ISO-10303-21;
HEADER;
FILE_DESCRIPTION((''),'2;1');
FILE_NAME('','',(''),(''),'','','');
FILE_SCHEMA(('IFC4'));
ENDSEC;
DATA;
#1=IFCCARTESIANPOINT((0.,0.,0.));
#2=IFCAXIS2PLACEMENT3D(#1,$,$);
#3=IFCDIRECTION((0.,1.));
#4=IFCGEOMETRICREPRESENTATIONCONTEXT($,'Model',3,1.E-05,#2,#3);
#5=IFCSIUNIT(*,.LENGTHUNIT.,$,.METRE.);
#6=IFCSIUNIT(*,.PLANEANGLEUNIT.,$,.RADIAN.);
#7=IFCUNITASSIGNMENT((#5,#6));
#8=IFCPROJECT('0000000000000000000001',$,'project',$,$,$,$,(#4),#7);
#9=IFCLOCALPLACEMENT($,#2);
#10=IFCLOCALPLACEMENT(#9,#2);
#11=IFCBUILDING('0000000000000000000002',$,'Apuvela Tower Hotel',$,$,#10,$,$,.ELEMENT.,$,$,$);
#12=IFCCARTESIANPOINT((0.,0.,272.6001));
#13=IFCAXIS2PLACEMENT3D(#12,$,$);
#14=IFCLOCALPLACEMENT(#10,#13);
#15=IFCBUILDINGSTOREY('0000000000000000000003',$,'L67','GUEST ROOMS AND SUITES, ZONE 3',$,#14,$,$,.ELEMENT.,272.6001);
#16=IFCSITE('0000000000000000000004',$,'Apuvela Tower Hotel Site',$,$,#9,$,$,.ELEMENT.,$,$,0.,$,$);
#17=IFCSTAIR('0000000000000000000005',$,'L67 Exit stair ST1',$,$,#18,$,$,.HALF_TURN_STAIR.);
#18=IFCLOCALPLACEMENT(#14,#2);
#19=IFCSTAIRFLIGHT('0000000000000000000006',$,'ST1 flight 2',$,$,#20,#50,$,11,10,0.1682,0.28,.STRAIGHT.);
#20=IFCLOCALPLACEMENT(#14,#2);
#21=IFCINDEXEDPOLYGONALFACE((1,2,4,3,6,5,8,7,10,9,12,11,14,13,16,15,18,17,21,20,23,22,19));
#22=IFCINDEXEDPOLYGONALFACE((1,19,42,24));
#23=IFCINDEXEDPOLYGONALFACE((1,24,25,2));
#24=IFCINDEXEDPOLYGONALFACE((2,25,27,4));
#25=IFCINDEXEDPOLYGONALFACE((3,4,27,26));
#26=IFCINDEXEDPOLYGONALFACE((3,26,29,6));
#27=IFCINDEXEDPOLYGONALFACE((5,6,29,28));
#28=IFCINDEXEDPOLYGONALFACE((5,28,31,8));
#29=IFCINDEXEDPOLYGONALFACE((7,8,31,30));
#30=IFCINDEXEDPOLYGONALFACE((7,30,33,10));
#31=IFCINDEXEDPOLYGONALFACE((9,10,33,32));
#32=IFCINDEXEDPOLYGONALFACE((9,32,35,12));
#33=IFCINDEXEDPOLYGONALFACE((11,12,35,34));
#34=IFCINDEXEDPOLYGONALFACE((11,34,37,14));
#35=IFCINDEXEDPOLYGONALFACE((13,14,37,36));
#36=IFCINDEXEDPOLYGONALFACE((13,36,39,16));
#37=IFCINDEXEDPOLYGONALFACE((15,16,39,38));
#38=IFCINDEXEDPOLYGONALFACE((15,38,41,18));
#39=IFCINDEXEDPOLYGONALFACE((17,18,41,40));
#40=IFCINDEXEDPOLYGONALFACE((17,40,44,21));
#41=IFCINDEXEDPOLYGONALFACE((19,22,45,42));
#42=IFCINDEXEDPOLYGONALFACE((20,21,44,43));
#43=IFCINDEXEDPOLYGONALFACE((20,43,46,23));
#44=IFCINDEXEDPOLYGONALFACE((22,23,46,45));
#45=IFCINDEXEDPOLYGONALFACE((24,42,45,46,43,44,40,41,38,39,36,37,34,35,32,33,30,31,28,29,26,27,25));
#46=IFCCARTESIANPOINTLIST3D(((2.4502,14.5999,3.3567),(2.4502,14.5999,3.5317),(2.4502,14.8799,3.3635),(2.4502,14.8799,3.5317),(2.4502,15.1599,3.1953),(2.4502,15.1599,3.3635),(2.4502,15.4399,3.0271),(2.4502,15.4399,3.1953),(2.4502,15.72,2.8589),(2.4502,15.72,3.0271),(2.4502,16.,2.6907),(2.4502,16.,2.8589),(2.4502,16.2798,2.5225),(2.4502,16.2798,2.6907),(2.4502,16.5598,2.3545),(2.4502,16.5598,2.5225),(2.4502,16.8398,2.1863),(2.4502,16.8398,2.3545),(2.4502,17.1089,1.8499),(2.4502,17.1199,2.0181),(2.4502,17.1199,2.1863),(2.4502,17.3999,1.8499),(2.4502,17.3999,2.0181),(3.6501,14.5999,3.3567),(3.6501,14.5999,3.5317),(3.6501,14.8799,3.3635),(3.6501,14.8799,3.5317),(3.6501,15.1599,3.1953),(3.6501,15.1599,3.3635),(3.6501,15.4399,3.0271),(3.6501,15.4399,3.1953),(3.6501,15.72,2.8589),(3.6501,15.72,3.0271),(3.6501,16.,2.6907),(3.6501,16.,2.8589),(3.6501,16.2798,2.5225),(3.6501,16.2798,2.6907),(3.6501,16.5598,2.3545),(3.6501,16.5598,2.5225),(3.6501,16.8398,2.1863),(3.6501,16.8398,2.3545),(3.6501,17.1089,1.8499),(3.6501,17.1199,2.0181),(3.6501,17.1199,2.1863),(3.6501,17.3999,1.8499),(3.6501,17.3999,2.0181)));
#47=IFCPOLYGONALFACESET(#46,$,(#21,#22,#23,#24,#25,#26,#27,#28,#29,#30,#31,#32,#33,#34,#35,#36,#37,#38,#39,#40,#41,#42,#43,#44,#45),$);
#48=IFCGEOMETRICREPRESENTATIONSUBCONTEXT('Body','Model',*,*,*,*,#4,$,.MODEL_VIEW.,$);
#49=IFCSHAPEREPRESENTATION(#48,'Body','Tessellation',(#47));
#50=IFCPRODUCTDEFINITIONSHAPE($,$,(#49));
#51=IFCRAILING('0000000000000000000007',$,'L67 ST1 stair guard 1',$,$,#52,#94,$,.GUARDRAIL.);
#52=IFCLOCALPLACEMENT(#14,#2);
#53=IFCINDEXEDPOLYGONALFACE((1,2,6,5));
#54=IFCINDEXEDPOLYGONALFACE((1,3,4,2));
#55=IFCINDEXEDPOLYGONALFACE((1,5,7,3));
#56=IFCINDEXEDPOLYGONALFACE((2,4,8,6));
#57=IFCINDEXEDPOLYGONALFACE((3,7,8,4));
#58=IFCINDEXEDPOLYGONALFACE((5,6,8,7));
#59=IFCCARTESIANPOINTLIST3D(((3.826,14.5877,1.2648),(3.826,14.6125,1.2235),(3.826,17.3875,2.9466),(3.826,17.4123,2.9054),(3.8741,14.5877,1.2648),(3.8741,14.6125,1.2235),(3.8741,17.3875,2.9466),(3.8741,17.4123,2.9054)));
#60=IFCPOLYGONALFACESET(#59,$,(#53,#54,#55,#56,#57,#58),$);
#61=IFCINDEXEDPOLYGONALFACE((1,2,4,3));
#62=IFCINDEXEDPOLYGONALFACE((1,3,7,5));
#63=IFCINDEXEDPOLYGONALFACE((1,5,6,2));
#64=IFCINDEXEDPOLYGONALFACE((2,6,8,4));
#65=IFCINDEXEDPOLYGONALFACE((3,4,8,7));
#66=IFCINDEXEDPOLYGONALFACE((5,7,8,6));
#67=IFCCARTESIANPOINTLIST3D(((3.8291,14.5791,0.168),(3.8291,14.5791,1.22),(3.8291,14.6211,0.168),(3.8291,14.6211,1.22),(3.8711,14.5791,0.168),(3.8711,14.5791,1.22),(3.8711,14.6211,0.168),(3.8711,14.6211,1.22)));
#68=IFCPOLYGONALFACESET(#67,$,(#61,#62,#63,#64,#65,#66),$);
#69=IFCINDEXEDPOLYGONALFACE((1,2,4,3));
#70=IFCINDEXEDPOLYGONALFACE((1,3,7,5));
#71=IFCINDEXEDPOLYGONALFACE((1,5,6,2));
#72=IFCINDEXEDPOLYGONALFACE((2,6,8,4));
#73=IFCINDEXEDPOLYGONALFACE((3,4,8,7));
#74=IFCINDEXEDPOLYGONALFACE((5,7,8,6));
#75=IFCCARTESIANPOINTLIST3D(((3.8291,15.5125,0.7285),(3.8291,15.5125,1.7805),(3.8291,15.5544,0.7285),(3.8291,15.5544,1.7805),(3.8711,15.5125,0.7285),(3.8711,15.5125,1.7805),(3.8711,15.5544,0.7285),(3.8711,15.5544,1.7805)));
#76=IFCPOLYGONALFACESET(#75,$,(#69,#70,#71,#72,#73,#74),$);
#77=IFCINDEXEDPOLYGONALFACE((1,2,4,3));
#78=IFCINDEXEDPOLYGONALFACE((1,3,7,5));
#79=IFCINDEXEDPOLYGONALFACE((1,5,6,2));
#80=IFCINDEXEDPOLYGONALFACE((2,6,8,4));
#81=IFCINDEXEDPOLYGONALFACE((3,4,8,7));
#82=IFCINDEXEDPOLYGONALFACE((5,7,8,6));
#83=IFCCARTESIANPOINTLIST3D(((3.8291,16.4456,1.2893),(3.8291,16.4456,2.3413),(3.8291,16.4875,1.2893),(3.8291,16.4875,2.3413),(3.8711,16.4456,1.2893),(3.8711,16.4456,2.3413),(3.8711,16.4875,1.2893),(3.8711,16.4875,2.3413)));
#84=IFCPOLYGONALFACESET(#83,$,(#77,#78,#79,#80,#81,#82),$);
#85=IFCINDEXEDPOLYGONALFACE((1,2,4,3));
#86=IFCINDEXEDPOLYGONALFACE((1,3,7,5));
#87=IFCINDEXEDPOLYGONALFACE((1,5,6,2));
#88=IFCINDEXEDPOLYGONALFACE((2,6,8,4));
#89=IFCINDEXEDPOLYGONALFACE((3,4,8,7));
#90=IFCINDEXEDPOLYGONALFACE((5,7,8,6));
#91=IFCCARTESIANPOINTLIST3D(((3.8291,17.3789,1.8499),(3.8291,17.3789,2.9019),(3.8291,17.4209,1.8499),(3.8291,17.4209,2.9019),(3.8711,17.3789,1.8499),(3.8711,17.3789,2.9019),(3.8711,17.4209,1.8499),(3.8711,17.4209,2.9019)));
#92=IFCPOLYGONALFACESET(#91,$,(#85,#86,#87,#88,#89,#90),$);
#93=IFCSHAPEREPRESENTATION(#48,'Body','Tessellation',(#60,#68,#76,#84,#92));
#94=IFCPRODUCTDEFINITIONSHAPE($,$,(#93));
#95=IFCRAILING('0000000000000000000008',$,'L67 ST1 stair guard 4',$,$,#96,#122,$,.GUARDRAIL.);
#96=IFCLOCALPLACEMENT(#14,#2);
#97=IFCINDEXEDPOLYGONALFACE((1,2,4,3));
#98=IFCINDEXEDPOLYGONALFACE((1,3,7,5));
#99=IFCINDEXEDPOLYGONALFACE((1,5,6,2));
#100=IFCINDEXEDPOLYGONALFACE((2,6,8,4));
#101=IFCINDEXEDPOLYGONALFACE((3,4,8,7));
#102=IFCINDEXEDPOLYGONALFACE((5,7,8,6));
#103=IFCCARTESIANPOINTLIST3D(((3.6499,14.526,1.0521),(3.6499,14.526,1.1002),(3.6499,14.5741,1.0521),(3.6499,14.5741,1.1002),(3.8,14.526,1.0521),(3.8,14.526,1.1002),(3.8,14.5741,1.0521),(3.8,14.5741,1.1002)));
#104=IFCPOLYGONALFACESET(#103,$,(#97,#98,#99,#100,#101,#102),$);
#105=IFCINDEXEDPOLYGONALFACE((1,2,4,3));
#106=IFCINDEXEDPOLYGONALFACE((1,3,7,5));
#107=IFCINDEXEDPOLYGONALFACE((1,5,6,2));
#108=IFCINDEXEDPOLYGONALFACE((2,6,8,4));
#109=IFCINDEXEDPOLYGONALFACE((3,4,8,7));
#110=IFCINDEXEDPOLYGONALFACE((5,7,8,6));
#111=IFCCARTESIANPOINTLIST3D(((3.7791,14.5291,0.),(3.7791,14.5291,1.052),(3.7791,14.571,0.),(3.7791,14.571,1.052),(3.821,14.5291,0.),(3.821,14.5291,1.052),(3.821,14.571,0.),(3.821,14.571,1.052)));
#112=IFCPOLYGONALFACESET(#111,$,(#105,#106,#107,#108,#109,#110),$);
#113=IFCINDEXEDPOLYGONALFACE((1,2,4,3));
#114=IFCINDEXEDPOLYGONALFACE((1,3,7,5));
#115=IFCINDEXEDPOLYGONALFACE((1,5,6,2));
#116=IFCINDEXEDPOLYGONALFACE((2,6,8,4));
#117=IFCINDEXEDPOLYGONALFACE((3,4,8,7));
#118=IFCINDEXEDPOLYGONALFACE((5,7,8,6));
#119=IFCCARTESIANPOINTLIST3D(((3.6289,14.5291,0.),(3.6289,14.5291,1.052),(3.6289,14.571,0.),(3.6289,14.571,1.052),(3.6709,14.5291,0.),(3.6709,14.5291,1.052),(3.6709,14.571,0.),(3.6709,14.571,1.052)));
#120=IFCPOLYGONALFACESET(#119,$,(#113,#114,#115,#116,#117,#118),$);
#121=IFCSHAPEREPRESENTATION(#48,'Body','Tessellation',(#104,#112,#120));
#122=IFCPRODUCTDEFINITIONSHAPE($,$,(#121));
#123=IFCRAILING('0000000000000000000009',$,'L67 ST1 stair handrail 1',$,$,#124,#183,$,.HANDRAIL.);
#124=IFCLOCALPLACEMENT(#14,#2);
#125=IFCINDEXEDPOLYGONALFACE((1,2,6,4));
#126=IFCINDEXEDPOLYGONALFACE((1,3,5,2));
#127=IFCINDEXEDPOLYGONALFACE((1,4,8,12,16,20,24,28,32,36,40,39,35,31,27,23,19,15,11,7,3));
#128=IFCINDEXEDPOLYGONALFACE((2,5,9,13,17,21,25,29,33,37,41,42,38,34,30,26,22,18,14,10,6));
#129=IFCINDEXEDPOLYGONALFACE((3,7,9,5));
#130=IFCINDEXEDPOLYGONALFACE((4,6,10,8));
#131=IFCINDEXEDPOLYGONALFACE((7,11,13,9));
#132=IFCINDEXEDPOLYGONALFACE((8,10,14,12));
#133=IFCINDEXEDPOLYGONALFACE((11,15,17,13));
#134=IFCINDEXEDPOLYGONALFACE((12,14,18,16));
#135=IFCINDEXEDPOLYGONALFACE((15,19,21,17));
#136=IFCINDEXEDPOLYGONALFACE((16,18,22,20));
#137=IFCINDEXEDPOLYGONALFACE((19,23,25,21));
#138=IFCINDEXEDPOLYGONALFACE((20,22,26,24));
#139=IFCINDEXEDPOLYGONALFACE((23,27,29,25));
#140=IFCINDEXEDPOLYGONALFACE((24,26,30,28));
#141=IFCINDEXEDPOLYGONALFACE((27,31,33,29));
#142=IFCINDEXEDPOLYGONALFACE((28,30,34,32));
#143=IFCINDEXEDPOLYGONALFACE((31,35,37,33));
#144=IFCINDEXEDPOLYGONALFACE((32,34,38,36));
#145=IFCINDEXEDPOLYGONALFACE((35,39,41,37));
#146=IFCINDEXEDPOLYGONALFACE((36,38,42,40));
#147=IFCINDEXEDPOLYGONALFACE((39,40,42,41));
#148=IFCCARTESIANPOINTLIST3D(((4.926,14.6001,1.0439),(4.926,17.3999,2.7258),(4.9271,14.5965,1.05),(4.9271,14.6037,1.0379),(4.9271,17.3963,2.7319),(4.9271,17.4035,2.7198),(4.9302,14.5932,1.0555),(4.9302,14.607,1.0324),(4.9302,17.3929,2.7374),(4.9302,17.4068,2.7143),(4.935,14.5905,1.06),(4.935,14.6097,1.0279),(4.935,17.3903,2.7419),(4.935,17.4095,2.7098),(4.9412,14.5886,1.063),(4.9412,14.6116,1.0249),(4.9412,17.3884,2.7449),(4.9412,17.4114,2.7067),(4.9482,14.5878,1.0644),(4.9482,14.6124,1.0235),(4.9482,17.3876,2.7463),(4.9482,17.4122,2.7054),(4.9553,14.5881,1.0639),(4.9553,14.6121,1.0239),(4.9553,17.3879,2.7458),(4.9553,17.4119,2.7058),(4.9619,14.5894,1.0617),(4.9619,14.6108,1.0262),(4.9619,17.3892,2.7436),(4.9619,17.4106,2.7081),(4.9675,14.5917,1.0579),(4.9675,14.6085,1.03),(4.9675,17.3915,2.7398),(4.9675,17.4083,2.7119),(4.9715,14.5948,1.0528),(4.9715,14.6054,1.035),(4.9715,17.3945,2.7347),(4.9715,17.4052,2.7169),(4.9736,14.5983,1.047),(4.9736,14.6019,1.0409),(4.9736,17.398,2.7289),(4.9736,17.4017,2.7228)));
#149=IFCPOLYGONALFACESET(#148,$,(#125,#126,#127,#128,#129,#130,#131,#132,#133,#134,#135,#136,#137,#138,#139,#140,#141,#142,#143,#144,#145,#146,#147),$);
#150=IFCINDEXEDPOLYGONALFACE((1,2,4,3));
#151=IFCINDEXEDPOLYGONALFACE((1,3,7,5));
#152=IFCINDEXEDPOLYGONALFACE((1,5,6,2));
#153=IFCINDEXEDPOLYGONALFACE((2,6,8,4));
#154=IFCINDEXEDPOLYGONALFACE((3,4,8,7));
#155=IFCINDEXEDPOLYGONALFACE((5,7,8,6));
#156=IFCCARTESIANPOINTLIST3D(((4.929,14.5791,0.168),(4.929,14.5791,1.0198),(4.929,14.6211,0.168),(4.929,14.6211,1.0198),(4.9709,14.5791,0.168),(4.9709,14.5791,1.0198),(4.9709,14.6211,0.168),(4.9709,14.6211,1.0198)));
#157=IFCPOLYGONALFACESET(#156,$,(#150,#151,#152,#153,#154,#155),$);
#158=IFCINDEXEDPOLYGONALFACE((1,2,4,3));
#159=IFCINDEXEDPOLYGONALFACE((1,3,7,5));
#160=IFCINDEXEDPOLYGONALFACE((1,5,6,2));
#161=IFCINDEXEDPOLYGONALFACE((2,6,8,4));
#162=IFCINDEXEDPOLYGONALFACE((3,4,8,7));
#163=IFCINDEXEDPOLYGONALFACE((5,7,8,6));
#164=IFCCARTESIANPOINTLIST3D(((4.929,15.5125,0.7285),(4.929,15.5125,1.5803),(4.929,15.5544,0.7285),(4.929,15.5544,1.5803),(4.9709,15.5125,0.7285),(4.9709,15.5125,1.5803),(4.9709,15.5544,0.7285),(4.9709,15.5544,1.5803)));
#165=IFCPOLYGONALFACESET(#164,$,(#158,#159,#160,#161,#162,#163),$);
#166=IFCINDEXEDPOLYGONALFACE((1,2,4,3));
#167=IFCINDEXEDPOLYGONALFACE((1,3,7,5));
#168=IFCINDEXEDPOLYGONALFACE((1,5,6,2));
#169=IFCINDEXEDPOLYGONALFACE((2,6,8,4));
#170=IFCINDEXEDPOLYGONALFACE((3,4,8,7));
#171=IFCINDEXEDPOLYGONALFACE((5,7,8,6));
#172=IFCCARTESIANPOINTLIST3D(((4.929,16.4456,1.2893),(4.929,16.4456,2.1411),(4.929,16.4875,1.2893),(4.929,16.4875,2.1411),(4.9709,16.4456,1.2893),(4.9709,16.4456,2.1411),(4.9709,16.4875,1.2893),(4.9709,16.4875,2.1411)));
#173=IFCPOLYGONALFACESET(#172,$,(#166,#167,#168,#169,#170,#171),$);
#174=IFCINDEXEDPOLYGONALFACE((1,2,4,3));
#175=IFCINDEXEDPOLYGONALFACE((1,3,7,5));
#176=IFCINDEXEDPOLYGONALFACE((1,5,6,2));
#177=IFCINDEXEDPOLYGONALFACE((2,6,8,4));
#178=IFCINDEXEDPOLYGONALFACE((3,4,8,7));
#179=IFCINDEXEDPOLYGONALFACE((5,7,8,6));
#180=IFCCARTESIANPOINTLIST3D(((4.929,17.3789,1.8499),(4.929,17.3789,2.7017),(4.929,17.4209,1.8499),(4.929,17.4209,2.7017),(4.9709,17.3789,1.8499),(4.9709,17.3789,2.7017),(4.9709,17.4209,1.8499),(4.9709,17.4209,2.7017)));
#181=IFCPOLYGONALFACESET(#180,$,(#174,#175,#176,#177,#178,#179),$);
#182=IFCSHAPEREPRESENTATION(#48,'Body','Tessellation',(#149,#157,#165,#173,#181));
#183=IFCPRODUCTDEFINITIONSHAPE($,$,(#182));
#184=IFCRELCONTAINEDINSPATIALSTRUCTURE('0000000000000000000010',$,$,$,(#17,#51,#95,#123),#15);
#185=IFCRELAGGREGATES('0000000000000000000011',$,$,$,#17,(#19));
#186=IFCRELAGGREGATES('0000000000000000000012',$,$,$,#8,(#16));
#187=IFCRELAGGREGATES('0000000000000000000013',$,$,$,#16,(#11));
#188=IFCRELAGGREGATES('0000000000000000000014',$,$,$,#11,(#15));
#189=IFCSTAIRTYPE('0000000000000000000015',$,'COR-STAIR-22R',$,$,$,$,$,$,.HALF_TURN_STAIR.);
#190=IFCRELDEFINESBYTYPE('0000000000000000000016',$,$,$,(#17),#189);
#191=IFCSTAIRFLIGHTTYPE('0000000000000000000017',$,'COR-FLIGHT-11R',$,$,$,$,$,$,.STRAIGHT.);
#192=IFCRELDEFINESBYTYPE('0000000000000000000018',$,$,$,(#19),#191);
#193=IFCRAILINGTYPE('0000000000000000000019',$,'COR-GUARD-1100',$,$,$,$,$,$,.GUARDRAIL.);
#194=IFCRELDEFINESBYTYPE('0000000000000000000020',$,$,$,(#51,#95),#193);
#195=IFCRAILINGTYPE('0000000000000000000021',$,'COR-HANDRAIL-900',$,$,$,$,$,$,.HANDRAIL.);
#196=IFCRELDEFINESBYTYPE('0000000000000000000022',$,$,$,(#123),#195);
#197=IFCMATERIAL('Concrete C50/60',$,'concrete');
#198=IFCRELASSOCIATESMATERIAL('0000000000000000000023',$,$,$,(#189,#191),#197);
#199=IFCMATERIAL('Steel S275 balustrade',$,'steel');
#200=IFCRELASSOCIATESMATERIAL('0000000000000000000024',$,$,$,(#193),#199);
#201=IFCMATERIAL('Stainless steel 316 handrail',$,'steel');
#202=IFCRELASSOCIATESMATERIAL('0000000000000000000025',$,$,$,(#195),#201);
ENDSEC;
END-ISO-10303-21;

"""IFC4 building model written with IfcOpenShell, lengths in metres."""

from ifc_helpers import new_model, si_unit, direction, frame, origin, origin_2d, place, context, subcontext, project, spatial, polyline, rectangle, circle, outline, extrude, material, type_object, element, aggregate, save


model = new_model("IFC4")

# Units and contexts
model_context = context("Model", 3, precision=1e-05, world=origin(), true_north=direction((0.0, 1.0)))
body_context = subcontext(model_context, "Body", "Model", "MODEL_VIEW")
ifc_project = project(units=[si_unit("LENGTHUNIT", "METRE"), si_unit("PLANEANGLEUNIT", "RADIAN")], contexts=[model_context])

# Site, building, storey
site_placement = place(None, origin())
site = spatial("IfcSite", under=ifc_project, at=site_placement, Name="Apuvela Tower Hotel Site", CompositionType="ELEMENT", RefElevation=0.0)
building_placement = place(site_placement, origin())
building = spatial("IfcBuilding", under=site, at=building_placement, Name="Apuvela Tower Hotel", CompositionType="ELEMENT")
storey_placement = place(building_placement, frame((0.0, 0.0, 272.6001)))
storey = spatial("IfcBuildingStorey", under=building, at=storey_placement, Name="L67", Description="GUEST ROOMS AND SUITES, ZONE 3", CompositionType="ELEMENT", Elevation=272.6001)

# Shared definitions
ifc_material_1 = material(Name="Concrete C50/60", Category="concrete")

# Stair, stair flight
stair_type = type_object("IfcStairType", Name="COR-STAIR-22R", PredefinedType="HALF_TURN_STAIR", material=ifc_material_1)
stair_placement = place(storey_placement, origin())
stair = element("IfcStair", 1, at=stair_placement, inside=storey, type_object=stair_type, Name="L67 Exit stair ST1", PredefinedType="HALF_TURN_STAIR")
stair_flight_type = type_object("IfcStairFlightType", Name="COR-FLIGHT-11R", PredefinedType="STRAIGHT", material=ifc_material_1)
stair_flight_1_placement = place(storey_placement, frame((3.05, 17.3999, 1.8499), z_axis=(0.0, 0.0, 1.0), x_axis=(0.0, -1.0, 0.0)))
stair_flight_1 = element("IfcStairFlight", 2, at=stair_flight_1_placement, type_object=stair_flight_type, Name="ST1 flight 2", NumberOfRisers=11, NumberOfTreads=10, PredefinedType="STRAIGHT", RiserHeight=0.1682, TreadLength=0.28, context=body_context, shape_type="SweptSolid", body=[
    extrude(outline(polyline([(0.0, 0.0), (0.0, 0.1682), (0.28, 0.1682), (0.28, 0.3364), (0.5601, 0.3364), (0.5601, 0.5046), (0.8401, 0.5046), (0.8401, 0.6726), (1.1201, 0.6726), (1.1201, 0.8408), (1.3999, 0.8408), (1.3999, 1.009), (1.6799, 1.009), (1.6799, 1.1772), (1.96, 1.1772), (1.96, 1.3455), (2.24, 1.3455), (2.24, 1.5137), (2.52, 1.5137), (2.52, 1.6819), (2.8, 1.6819), (2.8, 1.8501), (2.8, 1.5068), (0.291, 0.0), (0.0, 0.0)])), frame((0.0, 0.6001, 0.0), z_axis=(0.0, -1.0, 0.0), x_axis=(1.0, 0.0, 0.0)), (0.0, 0.0, 1.0), 1.2),
])
aggregate(stair, [stair_flight_1])

# Railings
ifc_material_2 = material(Name="Steel S275 balustrade", Category="steel")
railing_type_1 = type_object("IfcRailingType", Name="COR-GUARD-1100", PredefinedType="GUARDRAIL", material=ifc_material_2)
railing_1_placement = place(storey_placement, frame((3.8501, 14.6001, 0.168)))
element("IfcRailing", 3, at=railing_1_placement, inside=storey, type_object=railing_type_1, Name="L67 ST1 stair guard 1", PredefinedType="GUARDRAIL", context=body_context, shape_type="SweptSolid", body=[
    extrude(rectangle(XDim=0.0481, YDim=0.0481, at=origin_2d()), frame((0.0, 0.0, 1.0762), z_axis=(0.0, 0.857222, 0.514946), x_axis=(-1.0, 0.0, 0.0)), (0.0, 0.0, 1.0), 3.2661),
    extrude(rectangle(XDim=0.042, YDim=0.042, at=origin_2d()), origin(), (0.0, 0.0, 1.0), 1.052),
    extrude(rectangle(XDim=0.042, YDim=0.042, at=origin_2d()), frame((0.0, 0.9333, 0.5605)), (0.0, 0.0, 1.0), 1.052),
    extrude(rectangle(XDim=0.042, YDim=0.042, at=origin_2d()), frame((0.0, 1.8665, 1.1213)), (0.0, 0.0, 1.0), 1.052),
    extrude(rectangle(XDim=0.042, YDim=0.042, at=origin_2d()), frame((0.0, 2.7998, 1.6819)), (0.0, 0.0, 1.0), 1.052),
])
railing_2_placement = place(storey_placement, frame((3.8, 14.55, 0.0)))
element("IfcRailing", 4, at=railing_2_placement, inside=storey, type_object=railing_type_1, Name="L67 ST1 stair guard 4", PredefinedType="GUARDRAIL", context=body_context, shape_type="SweptSolid", body=[
    extrude(rectangle(XDim=0.0481, YDim=0.0481, at=origin_2d()), frame((0.0, 0.0, 1.0762), z_axis=(-1.0, 0.0, 0.0), x_axis=(0.0, -1.0, 0.0)), (0.0, 0.0, 1.0), 0.1501),
    extrude(rectangle(XDim=0.042, YDim=0.042, at=origin_2d()), origin(), (0.0, 0.0, 1.0), 1.052),
    extrude(rectangle(XDim=0.042, YDim=0.042, at=origin_2d()), frame((-0.1501, 0.0, 0.0)), (0.0, 0.0, 1.0), 1.052),
])
ifc_material_3 = material(Name="Stainless steel 316 handrail", Category="steel")
railing_type_2 = type_object("IfcRailingType", Name="COR-HANDRAIL-900", PredefinedType="HANDRAIL", material=ifc_material_3)
railing_3_placement = place(storey_placement, frame((4.95, 14.6001, 0.168)))
element("IfcRailing", 5, at=railing_3_placement, inside=storey, type_object=railing_type_2, Name="L67 ST1 stair handrail 1", PredefinedType="HANDRAIL", context=body_context, shape_type="SweptSolid", body=[
    extrude(circle(Radius=0.0239, at=origin_2d()), frame((0.0, 0.0, 0.876), z_axis=(0.0, 0.857222, 0.514946), x_axis=(-1.0, 0.0, 0.0)), (0.0, 0.0, 1.0), 3.2661),
    extrude(rectangle(XDim=0.042, YDim=0.042, at=origin_2d()), origin(), (0.0, 0.0, 1.0), 0.8518),
    extrude(rectangle(XDim=0.042, YDim=0.042, at=origin_2d()), frame((0.0, 0.9333, 0.5605)), (0.0, 0.0, 1.0), 0.8518),
    extrude(rectangle(XDim=0.042, YDim=0.042, at=origin_2d()), frame((0.0, 1.8665, 1.1213)), (0.0, 0.0, 1.0), 0.8518),
    extrude(rectangle(XDim=0.042, YDim=0.042, at=origin_2d()), frame((0.0, 2.7998, 1.6819)), (0.0, 0.0, 1.0), 0.8518),
])

save(model, "model.ifc")
